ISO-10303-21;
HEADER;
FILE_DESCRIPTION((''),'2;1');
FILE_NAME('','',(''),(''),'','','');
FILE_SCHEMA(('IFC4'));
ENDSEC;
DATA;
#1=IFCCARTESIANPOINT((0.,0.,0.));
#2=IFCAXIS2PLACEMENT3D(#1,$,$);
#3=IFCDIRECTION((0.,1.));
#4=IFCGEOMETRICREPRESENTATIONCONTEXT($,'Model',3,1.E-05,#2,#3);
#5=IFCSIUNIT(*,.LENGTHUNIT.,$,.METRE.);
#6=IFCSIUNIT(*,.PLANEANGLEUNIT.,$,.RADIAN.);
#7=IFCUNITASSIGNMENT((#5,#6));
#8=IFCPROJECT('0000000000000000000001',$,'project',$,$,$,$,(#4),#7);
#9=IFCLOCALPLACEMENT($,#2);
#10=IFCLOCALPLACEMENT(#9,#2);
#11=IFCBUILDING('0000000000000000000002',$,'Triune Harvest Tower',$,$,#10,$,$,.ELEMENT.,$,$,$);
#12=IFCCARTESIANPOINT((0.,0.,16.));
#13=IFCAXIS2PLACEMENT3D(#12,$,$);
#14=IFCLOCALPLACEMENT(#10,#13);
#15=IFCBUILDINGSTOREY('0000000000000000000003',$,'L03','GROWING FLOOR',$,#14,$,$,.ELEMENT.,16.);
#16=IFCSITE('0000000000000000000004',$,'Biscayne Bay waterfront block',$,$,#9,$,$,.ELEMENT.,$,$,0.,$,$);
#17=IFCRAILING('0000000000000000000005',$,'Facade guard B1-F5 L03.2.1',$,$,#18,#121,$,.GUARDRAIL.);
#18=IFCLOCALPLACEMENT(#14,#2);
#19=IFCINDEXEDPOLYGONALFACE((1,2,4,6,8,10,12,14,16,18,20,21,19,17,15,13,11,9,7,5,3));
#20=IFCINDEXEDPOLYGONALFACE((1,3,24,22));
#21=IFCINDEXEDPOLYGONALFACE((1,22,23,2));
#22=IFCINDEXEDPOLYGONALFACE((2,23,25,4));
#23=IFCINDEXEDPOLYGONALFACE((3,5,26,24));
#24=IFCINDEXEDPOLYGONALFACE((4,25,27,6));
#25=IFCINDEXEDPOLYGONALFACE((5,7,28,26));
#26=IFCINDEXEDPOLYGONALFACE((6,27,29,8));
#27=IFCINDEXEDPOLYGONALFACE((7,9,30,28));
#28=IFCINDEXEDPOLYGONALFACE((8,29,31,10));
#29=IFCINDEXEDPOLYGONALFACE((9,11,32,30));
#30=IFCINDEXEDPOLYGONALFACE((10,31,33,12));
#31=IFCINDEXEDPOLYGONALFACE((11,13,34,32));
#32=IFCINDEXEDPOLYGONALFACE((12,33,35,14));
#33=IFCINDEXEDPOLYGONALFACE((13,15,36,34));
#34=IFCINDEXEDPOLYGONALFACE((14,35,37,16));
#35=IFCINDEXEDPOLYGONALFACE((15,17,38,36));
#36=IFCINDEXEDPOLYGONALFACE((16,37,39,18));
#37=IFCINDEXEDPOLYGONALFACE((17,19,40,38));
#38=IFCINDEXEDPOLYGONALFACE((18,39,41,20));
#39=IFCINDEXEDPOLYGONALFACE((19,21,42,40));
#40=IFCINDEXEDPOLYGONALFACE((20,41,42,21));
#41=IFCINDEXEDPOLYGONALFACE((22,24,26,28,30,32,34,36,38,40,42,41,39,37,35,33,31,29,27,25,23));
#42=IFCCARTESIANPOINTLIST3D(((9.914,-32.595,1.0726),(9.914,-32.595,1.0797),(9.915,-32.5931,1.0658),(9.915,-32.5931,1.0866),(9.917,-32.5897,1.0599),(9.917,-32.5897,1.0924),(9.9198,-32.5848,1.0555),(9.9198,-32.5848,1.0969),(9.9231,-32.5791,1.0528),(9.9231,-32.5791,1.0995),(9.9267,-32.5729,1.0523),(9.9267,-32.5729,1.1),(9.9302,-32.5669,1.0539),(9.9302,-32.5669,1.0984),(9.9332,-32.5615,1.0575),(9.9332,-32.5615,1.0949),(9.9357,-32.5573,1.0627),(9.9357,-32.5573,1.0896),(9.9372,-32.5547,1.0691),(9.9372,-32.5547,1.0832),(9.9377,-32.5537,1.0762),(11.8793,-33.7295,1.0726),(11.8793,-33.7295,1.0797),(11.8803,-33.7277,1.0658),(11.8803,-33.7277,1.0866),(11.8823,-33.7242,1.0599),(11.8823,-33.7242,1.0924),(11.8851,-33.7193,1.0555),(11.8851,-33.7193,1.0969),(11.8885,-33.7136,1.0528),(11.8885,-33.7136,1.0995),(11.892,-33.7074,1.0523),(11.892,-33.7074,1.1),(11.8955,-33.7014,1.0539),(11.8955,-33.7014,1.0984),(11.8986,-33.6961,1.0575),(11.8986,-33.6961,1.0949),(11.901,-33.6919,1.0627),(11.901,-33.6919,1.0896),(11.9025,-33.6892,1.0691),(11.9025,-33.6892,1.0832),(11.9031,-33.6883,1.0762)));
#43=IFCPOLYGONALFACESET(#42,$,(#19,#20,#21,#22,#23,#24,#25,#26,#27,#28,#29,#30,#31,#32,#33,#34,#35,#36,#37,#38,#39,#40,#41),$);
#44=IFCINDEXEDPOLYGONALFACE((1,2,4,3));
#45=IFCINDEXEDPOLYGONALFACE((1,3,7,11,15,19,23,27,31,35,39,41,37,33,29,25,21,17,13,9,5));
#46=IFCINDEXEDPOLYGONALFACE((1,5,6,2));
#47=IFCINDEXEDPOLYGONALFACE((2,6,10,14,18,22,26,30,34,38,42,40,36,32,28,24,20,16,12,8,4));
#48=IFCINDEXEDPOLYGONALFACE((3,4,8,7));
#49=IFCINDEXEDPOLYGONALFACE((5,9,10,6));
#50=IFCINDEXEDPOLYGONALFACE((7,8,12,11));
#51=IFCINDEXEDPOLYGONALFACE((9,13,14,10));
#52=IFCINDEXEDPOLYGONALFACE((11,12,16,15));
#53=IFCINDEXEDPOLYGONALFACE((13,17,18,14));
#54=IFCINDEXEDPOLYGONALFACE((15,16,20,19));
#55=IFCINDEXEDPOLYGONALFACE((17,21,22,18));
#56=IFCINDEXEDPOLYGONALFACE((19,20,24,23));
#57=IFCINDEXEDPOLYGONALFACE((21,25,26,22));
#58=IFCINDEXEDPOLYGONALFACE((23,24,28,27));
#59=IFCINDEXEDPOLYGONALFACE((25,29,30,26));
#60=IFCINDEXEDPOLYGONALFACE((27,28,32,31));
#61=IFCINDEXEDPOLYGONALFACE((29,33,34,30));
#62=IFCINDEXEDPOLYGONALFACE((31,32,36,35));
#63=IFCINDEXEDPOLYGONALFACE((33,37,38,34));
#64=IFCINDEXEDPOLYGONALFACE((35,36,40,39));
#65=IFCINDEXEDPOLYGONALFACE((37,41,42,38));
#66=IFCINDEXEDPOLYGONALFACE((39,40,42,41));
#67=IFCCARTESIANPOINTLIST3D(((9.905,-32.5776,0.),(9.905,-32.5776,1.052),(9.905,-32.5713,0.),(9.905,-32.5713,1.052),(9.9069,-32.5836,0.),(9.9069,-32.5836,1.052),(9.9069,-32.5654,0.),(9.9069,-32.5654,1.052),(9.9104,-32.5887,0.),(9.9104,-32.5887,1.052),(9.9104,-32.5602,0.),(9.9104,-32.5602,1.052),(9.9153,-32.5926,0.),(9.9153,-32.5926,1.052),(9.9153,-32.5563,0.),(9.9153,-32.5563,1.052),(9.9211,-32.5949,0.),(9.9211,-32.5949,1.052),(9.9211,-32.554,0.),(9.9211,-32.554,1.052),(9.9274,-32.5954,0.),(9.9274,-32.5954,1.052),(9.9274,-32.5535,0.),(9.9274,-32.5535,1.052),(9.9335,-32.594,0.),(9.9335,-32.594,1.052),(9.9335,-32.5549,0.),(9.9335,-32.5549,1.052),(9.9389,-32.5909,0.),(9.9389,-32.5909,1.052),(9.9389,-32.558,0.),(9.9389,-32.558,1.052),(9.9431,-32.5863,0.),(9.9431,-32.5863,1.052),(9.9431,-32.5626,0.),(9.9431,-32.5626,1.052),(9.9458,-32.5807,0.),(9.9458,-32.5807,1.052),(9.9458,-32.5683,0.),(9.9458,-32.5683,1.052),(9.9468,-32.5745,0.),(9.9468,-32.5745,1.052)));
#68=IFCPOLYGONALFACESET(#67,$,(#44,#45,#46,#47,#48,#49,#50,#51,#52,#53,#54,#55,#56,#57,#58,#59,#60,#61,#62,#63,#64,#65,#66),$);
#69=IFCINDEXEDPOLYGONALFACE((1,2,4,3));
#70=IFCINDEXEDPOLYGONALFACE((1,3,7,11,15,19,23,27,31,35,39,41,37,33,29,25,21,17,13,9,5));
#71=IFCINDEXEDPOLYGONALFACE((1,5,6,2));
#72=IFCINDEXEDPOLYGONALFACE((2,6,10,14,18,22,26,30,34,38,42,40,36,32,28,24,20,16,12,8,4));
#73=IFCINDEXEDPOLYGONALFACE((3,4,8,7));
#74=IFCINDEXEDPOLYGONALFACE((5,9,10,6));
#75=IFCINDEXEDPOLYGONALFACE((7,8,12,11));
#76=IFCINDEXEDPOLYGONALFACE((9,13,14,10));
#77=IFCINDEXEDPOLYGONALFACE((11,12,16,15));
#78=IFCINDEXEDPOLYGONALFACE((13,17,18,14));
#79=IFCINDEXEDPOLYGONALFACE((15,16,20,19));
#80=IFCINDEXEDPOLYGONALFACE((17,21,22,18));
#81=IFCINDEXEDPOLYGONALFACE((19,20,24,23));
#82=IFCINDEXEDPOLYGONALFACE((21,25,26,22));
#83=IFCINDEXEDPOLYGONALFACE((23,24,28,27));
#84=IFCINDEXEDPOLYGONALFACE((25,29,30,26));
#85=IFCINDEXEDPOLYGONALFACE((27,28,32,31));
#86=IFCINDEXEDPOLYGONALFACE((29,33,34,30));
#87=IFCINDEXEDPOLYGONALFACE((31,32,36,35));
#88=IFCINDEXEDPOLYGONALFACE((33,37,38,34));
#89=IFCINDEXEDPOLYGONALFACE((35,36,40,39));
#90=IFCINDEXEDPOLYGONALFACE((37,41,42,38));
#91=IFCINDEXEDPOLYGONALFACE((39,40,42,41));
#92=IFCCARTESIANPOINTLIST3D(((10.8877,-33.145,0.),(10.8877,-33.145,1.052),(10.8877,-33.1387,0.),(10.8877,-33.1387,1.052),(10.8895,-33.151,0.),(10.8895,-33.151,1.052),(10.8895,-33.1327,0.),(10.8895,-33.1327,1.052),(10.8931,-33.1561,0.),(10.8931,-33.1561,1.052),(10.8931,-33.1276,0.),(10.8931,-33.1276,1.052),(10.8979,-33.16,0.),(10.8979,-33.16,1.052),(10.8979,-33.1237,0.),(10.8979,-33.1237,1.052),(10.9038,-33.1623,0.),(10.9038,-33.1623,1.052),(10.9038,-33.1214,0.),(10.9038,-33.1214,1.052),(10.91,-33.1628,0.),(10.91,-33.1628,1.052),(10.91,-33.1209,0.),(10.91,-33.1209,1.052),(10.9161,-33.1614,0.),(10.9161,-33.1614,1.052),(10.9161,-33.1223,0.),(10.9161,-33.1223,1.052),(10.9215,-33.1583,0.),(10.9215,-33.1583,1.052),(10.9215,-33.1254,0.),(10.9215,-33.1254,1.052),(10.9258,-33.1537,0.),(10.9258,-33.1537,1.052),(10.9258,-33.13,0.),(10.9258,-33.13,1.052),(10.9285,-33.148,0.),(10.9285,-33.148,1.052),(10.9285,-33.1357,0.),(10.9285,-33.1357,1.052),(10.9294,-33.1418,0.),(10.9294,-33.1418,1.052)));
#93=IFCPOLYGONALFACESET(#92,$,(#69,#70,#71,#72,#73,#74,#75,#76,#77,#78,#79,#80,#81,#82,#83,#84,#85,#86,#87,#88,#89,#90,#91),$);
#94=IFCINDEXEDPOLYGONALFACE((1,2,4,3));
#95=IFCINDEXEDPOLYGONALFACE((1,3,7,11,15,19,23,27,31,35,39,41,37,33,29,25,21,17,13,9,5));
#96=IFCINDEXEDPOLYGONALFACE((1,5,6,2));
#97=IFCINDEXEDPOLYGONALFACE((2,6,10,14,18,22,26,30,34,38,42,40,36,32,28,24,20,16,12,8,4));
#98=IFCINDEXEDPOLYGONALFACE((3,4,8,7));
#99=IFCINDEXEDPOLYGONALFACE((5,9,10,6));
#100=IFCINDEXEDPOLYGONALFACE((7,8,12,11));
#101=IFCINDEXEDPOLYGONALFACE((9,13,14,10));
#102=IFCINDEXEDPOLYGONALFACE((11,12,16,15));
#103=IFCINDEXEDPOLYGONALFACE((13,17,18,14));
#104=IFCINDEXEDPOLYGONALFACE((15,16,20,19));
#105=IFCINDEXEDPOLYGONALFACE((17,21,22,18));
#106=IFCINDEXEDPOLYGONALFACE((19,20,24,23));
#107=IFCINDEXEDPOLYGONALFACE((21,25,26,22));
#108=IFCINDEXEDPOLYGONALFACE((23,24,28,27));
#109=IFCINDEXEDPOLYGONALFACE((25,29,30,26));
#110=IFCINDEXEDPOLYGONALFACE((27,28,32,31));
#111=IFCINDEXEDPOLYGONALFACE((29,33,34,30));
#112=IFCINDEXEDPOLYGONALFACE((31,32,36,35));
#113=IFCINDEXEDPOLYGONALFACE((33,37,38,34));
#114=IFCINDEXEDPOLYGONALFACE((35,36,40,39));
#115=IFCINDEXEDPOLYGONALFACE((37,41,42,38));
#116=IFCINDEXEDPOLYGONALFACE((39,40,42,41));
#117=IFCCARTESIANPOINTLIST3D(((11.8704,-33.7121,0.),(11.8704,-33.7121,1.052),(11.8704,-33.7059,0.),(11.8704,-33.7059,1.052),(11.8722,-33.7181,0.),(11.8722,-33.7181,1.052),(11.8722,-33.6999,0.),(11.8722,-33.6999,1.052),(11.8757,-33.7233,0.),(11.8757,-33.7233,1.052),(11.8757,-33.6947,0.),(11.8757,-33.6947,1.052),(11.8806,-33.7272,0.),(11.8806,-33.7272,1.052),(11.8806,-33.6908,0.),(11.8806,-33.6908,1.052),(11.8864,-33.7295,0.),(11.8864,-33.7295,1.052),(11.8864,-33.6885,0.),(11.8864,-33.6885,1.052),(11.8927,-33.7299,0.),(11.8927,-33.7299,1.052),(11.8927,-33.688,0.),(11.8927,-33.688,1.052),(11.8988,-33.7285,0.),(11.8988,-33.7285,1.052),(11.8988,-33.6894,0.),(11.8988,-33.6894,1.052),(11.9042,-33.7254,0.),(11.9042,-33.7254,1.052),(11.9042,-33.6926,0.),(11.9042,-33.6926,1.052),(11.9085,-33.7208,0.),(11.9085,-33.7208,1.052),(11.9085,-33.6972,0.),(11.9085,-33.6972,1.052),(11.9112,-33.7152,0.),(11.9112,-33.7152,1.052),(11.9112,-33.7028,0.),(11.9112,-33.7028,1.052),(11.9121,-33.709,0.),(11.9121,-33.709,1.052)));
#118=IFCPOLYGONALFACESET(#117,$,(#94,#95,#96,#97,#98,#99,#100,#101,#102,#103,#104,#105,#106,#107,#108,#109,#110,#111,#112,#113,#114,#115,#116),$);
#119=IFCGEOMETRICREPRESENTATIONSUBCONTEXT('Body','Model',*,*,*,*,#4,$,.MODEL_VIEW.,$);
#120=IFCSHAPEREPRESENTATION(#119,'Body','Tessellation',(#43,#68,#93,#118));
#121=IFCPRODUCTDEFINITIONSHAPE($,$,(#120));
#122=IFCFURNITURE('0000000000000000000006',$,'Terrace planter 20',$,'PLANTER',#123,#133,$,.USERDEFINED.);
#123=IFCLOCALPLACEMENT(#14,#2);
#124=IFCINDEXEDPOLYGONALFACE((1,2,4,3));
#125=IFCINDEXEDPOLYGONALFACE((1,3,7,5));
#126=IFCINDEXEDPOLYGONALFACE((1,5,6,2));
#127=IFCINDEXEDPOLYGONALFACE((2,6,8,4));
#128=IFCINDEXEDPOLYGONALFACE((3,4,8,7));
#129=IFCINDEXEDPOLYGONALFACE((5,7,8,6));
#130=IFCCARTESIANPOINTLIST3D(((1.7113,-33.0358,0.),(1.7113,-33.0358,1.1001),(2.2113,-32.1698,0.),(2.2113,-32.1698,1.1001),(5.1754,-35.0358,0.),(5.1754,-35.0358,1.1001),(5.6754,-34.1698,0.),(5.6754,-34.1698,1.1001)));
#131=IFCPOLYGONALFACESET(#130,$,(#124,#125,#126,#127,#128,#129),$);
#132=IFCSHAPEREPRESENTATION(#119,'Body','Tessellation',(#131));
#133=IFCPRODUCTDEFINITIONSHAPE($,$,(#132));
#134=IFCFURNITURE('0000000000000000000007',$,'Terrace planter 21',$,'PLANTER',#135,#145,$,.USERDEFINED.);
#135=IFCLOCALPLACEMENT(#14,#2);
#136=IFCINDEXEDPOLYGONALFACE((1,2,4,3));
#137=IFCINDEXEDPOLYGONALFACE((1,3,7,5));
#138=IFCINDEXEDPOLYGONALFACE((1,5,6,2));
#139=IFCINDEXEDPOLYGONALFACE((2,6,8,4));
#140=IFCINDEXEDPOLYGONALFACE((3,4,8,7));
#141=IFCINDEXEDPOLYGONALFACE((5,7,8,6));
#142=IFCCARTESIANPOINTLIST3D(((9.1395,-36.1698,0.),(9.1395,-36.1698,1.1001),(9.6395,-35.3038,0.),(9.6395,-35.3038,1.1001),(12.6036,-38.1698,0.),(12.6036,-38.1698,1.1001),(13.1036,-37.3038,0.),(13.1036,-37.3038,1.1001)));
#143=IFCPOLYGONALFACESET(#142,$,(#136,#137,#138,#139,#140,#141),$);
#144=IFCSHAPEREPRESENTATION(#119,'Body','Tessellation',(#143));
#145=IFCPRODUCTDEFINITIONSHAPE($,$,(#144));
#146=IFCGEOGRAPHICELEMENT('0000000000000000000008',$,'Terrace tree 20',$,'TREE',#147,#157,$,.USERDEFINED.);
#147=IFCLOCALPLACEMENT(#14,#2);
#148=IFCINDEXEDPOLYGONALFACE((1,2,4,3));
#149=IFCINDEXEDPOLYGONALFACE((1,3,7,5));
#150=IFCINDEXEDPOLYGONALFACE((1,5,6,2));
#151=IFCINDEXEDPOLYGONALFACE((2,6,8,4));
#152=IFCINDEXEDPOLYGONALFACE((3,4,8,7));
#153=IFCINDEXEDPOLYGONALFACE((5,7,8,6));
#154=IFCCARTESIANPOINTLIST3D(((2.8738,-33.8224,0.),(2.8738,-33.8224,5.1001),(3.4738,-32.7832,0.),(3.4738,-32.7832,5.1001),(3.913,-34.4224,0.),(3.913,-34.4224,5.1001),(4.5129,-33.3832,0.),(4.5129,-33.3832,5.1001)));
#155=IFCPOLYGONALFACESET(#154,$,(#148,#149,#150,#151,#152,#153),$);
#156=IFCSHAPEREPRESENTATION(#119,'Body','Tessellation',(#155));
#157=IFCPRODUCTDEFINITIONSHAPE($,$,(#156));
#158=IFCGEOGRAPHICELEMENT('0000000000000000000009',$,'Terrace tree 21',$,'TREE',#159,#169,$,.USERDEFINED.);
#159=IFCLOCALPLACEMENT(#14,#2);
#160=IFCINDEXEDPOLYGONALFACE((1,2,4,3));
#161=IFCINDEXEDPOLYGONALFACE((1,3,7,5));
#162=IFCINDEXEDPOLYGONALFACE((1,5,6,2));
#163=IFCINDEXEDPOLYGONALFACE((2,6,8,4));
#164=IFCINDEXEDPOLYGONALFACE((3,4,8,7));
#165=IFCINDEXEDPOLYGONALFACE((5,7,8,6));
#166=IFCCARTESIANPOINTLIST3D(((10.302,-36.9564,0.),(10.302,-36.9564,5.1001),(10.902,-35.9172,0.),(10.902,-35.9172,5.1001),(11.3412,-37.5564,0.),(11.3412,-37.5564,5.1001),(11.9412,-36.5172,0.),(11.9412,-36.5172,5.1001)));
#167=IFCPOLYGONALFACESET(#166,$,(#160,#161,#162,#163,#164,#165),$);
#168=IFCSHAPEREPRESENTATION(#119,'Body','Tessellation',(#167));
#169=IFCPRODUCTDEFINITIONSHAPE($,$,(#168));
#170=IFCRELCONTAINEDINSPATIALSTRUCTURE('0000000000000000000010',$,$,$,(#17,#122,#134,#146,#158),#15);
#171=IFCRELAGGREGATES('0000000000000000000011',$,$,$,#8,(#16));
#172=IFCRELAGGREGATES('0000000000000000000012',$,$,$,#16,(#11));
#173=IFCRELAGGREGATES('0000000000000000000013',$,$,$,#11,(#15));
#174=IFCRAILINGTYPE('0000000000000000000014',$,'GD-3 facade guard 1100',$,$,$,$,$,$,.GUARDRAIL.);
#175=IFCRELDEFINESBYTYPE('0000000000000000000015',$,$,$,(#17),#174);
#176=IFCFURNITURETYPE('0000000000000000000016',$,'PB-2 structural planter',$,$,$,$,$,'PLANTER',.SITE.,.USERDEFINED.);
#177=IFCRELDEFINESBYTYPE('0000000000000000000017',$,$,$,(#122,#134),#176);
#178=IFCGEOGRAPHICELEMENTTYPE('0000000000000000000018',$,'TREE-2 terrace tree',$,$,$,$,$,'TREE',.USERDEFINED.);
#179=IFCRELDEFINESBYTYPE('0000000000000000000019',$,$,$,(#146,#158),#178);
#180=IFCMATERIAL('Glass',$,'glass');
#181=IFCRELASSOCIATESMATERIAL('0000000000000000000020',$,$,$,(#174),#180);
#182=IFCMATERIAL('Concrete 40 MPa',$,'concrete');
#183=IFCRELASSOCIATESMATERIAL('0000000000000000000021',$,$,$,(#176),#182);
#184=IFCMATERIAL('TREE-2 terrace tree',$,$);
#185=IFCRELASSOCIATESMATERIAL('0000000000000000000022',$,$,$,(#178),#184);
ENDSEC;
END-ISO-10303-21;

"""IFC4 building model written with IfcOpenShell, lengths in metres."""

from ifc_helpers import new_model, si_unit, direction, frame, origin, origin_2d, place, context, subcontext, project, spatial, rectangle, circle, extrude, source, transform, mapped, material, type_object, element, save


model = new_model("IFC4")

# Units and contexts
model_context = context("Model", 3, precision=1e-05, world=origin(), true_north=direction((0.0, 1.0)))
body_context = subcontext(model_context, "Body", "Model", "MODEL_VIEW")
ifc_project = project(units=[si_unit("LENGTHUNIT", "METRE"), si_unit("PLANEANGLEUNIT", "RADIAN")], contexts=[model_context])

# Site, building, storey
site_placement = place(None, origin())
site = spatial("IfcSite", under=ifc_project, at=site_placement, Name="Biscayne Bay waterfront block", CompositionType="ELEMENT", RefElevation=0.0)
building_placement = place(site_placement, origin())
building = spatial("IfcBuilding", under=site, at=building_placement, Name="Triune Harvest Tower", CompositionType="ELEMENT")
storey_placement = place(building_placement, frame((0.0, 0.0, 16.0)))
storey = spatial("IfcBuildingStorey", under=building, at=storey_placement, Name="L03", Description="GROWING FLOOR", CompositionType="ELEMENT", Elevation=16.0)

# Railing
ifc_material_1 = material(Name="Glass", Category="glass")
railing_type = type_object("IfcRailingType", Name="GD-3 facade guard 1100", PredefinedType="GUARDRAIL", material=ifc_material_1)
shared_shape_1 = source(origin(), body_context, "Body", "SweptSolid", [
    extrude(circle(Radius=0.0239, at=origin_2d()), frame((0.0, 0.0, 1.0762), z_axis=(0.866057, -0.499946, 0.0), x_axis=(0.499946, 0.866057, 0.0)), (0.0, 0.0, 1.0), 2.2693),
    extrude(circle(Radius=0.021, at=origin_2d()), origin(), (0.0, 0.0, 1.0), 1.052),
    extrude(circle(Radius=0.021, at=origin_2d()), frame((0.9827, -0.5674, 0.0)), (0.0, 0.0, 1.0), 1.052),
    extrude(circle(Radius=0.021, at=origin_2d()), frame((1.9653, -1.1345, 0.0)), (0.0, 0.0, 1.0), 1.052),
])
railing_placement = place(storey_placement, frame((9.9258, -32.5745, 0.0)))
element("IfcRailing", 1, at=railing_placement, inside=storey, type_object=railing_type, Name="Facade guard B1-F5 L03.2.1", PredefinedType="GUARDRAIL", context=body_context, shape_type="MappedRepresentation", body=[
    mapped(shared_shape_1, transform((0.0, 0.0, 0.0), scale=1.0)),
])

# Furniture
ifc_material_2 = material(Name="Concrete 40 MPa", Category="concrete")
furniture_type = type_object("IfcFurnitureType", Name="PB-2 structural planter", ElementType="PLANTER", AssemblyPlace="SITE", PredefinedType="USERDEFINED", material=ifc_material_2)
shared_shape_2 = source(origin(), body_context, "Body", "SweptSolid", [
    extrude(rectangle(XDim=4.0, YDim=1.0, at=origin_2d()), origin(), (0.0, 0.0, 1.0), 1.1001),
])
for number, where, z_axis, x_axis, name in (
    (2, (3.6934, -33.6028, 0.0), (0.0, 0.0, 1.0), (0.866025, -0.5, 0.0), "Terrace planter 20"),
    (3, (11.1216, -36.7368, 0.0), (0.0, 0.0, 1.0), (0.866025, -0.5, 0.0), "Terrace planter 21"),
):
    element("IfcFurniture", number, at=place(storey_placement, frame(where, z_axis=z_axis, x_axis=x_axis)), inside=storey, type_object=furniture_type, Name=name, ObjectType="PLANTER", PredefinedType="USERDEFINED", context=body_context, shape_type="MappedRepresentation", body=[
        mapped(shared_shape_2, transform((0.0, 0.0, 0.0), scale=1.0)),
    ])

# Geographic elements
ifc_material_3 = material(Name="TREE-2 terrace tree")
geographic_element_type = type_object("IfcGeographicElementType", Name="TREE-2 terrace tree", ElementType="TREE", PredefinedType="USERDEFINED", material=ifc_material_3)
shared_shape_3 = source(origin(), body_context, "Body", "SweptSolid", [
    extrude(rectangle(XDim=1.2, YDim=1.2, at=origin_2d()), origin(), (0.0, 0.0, 1.0), 5.1001),
])
for number, where, z_axis, x_axis, name in (
    (4, (3.6934, -33.6028, 0.0), (0.0, 0.0, 1.0), (0.866025, -0.5, 0.0), "Terrace tree 20"),
    (5, (11.1216, -36.7368, 0.0), (0.0, 0.0, 1.0), (0.866025, -0.5, 0.0), "Terrace tree 21"),
):
    element("IfcGeographicElement", number, at=place(storey_placement, frame(where, z_axis=z_axis, x_axis=x_axis)), inside=storey, type_object=geographic_element_type, Name=name, ObjectType="TREE", PredefinedType="USERDEFINED", context=body_context, shape_type="MappedRepresentation", body=[
        mapped(shared_shape_3, transform((0.0, 0.0, 0.0), scale=1.0)),
    ])

save(model, "model.ifc")
